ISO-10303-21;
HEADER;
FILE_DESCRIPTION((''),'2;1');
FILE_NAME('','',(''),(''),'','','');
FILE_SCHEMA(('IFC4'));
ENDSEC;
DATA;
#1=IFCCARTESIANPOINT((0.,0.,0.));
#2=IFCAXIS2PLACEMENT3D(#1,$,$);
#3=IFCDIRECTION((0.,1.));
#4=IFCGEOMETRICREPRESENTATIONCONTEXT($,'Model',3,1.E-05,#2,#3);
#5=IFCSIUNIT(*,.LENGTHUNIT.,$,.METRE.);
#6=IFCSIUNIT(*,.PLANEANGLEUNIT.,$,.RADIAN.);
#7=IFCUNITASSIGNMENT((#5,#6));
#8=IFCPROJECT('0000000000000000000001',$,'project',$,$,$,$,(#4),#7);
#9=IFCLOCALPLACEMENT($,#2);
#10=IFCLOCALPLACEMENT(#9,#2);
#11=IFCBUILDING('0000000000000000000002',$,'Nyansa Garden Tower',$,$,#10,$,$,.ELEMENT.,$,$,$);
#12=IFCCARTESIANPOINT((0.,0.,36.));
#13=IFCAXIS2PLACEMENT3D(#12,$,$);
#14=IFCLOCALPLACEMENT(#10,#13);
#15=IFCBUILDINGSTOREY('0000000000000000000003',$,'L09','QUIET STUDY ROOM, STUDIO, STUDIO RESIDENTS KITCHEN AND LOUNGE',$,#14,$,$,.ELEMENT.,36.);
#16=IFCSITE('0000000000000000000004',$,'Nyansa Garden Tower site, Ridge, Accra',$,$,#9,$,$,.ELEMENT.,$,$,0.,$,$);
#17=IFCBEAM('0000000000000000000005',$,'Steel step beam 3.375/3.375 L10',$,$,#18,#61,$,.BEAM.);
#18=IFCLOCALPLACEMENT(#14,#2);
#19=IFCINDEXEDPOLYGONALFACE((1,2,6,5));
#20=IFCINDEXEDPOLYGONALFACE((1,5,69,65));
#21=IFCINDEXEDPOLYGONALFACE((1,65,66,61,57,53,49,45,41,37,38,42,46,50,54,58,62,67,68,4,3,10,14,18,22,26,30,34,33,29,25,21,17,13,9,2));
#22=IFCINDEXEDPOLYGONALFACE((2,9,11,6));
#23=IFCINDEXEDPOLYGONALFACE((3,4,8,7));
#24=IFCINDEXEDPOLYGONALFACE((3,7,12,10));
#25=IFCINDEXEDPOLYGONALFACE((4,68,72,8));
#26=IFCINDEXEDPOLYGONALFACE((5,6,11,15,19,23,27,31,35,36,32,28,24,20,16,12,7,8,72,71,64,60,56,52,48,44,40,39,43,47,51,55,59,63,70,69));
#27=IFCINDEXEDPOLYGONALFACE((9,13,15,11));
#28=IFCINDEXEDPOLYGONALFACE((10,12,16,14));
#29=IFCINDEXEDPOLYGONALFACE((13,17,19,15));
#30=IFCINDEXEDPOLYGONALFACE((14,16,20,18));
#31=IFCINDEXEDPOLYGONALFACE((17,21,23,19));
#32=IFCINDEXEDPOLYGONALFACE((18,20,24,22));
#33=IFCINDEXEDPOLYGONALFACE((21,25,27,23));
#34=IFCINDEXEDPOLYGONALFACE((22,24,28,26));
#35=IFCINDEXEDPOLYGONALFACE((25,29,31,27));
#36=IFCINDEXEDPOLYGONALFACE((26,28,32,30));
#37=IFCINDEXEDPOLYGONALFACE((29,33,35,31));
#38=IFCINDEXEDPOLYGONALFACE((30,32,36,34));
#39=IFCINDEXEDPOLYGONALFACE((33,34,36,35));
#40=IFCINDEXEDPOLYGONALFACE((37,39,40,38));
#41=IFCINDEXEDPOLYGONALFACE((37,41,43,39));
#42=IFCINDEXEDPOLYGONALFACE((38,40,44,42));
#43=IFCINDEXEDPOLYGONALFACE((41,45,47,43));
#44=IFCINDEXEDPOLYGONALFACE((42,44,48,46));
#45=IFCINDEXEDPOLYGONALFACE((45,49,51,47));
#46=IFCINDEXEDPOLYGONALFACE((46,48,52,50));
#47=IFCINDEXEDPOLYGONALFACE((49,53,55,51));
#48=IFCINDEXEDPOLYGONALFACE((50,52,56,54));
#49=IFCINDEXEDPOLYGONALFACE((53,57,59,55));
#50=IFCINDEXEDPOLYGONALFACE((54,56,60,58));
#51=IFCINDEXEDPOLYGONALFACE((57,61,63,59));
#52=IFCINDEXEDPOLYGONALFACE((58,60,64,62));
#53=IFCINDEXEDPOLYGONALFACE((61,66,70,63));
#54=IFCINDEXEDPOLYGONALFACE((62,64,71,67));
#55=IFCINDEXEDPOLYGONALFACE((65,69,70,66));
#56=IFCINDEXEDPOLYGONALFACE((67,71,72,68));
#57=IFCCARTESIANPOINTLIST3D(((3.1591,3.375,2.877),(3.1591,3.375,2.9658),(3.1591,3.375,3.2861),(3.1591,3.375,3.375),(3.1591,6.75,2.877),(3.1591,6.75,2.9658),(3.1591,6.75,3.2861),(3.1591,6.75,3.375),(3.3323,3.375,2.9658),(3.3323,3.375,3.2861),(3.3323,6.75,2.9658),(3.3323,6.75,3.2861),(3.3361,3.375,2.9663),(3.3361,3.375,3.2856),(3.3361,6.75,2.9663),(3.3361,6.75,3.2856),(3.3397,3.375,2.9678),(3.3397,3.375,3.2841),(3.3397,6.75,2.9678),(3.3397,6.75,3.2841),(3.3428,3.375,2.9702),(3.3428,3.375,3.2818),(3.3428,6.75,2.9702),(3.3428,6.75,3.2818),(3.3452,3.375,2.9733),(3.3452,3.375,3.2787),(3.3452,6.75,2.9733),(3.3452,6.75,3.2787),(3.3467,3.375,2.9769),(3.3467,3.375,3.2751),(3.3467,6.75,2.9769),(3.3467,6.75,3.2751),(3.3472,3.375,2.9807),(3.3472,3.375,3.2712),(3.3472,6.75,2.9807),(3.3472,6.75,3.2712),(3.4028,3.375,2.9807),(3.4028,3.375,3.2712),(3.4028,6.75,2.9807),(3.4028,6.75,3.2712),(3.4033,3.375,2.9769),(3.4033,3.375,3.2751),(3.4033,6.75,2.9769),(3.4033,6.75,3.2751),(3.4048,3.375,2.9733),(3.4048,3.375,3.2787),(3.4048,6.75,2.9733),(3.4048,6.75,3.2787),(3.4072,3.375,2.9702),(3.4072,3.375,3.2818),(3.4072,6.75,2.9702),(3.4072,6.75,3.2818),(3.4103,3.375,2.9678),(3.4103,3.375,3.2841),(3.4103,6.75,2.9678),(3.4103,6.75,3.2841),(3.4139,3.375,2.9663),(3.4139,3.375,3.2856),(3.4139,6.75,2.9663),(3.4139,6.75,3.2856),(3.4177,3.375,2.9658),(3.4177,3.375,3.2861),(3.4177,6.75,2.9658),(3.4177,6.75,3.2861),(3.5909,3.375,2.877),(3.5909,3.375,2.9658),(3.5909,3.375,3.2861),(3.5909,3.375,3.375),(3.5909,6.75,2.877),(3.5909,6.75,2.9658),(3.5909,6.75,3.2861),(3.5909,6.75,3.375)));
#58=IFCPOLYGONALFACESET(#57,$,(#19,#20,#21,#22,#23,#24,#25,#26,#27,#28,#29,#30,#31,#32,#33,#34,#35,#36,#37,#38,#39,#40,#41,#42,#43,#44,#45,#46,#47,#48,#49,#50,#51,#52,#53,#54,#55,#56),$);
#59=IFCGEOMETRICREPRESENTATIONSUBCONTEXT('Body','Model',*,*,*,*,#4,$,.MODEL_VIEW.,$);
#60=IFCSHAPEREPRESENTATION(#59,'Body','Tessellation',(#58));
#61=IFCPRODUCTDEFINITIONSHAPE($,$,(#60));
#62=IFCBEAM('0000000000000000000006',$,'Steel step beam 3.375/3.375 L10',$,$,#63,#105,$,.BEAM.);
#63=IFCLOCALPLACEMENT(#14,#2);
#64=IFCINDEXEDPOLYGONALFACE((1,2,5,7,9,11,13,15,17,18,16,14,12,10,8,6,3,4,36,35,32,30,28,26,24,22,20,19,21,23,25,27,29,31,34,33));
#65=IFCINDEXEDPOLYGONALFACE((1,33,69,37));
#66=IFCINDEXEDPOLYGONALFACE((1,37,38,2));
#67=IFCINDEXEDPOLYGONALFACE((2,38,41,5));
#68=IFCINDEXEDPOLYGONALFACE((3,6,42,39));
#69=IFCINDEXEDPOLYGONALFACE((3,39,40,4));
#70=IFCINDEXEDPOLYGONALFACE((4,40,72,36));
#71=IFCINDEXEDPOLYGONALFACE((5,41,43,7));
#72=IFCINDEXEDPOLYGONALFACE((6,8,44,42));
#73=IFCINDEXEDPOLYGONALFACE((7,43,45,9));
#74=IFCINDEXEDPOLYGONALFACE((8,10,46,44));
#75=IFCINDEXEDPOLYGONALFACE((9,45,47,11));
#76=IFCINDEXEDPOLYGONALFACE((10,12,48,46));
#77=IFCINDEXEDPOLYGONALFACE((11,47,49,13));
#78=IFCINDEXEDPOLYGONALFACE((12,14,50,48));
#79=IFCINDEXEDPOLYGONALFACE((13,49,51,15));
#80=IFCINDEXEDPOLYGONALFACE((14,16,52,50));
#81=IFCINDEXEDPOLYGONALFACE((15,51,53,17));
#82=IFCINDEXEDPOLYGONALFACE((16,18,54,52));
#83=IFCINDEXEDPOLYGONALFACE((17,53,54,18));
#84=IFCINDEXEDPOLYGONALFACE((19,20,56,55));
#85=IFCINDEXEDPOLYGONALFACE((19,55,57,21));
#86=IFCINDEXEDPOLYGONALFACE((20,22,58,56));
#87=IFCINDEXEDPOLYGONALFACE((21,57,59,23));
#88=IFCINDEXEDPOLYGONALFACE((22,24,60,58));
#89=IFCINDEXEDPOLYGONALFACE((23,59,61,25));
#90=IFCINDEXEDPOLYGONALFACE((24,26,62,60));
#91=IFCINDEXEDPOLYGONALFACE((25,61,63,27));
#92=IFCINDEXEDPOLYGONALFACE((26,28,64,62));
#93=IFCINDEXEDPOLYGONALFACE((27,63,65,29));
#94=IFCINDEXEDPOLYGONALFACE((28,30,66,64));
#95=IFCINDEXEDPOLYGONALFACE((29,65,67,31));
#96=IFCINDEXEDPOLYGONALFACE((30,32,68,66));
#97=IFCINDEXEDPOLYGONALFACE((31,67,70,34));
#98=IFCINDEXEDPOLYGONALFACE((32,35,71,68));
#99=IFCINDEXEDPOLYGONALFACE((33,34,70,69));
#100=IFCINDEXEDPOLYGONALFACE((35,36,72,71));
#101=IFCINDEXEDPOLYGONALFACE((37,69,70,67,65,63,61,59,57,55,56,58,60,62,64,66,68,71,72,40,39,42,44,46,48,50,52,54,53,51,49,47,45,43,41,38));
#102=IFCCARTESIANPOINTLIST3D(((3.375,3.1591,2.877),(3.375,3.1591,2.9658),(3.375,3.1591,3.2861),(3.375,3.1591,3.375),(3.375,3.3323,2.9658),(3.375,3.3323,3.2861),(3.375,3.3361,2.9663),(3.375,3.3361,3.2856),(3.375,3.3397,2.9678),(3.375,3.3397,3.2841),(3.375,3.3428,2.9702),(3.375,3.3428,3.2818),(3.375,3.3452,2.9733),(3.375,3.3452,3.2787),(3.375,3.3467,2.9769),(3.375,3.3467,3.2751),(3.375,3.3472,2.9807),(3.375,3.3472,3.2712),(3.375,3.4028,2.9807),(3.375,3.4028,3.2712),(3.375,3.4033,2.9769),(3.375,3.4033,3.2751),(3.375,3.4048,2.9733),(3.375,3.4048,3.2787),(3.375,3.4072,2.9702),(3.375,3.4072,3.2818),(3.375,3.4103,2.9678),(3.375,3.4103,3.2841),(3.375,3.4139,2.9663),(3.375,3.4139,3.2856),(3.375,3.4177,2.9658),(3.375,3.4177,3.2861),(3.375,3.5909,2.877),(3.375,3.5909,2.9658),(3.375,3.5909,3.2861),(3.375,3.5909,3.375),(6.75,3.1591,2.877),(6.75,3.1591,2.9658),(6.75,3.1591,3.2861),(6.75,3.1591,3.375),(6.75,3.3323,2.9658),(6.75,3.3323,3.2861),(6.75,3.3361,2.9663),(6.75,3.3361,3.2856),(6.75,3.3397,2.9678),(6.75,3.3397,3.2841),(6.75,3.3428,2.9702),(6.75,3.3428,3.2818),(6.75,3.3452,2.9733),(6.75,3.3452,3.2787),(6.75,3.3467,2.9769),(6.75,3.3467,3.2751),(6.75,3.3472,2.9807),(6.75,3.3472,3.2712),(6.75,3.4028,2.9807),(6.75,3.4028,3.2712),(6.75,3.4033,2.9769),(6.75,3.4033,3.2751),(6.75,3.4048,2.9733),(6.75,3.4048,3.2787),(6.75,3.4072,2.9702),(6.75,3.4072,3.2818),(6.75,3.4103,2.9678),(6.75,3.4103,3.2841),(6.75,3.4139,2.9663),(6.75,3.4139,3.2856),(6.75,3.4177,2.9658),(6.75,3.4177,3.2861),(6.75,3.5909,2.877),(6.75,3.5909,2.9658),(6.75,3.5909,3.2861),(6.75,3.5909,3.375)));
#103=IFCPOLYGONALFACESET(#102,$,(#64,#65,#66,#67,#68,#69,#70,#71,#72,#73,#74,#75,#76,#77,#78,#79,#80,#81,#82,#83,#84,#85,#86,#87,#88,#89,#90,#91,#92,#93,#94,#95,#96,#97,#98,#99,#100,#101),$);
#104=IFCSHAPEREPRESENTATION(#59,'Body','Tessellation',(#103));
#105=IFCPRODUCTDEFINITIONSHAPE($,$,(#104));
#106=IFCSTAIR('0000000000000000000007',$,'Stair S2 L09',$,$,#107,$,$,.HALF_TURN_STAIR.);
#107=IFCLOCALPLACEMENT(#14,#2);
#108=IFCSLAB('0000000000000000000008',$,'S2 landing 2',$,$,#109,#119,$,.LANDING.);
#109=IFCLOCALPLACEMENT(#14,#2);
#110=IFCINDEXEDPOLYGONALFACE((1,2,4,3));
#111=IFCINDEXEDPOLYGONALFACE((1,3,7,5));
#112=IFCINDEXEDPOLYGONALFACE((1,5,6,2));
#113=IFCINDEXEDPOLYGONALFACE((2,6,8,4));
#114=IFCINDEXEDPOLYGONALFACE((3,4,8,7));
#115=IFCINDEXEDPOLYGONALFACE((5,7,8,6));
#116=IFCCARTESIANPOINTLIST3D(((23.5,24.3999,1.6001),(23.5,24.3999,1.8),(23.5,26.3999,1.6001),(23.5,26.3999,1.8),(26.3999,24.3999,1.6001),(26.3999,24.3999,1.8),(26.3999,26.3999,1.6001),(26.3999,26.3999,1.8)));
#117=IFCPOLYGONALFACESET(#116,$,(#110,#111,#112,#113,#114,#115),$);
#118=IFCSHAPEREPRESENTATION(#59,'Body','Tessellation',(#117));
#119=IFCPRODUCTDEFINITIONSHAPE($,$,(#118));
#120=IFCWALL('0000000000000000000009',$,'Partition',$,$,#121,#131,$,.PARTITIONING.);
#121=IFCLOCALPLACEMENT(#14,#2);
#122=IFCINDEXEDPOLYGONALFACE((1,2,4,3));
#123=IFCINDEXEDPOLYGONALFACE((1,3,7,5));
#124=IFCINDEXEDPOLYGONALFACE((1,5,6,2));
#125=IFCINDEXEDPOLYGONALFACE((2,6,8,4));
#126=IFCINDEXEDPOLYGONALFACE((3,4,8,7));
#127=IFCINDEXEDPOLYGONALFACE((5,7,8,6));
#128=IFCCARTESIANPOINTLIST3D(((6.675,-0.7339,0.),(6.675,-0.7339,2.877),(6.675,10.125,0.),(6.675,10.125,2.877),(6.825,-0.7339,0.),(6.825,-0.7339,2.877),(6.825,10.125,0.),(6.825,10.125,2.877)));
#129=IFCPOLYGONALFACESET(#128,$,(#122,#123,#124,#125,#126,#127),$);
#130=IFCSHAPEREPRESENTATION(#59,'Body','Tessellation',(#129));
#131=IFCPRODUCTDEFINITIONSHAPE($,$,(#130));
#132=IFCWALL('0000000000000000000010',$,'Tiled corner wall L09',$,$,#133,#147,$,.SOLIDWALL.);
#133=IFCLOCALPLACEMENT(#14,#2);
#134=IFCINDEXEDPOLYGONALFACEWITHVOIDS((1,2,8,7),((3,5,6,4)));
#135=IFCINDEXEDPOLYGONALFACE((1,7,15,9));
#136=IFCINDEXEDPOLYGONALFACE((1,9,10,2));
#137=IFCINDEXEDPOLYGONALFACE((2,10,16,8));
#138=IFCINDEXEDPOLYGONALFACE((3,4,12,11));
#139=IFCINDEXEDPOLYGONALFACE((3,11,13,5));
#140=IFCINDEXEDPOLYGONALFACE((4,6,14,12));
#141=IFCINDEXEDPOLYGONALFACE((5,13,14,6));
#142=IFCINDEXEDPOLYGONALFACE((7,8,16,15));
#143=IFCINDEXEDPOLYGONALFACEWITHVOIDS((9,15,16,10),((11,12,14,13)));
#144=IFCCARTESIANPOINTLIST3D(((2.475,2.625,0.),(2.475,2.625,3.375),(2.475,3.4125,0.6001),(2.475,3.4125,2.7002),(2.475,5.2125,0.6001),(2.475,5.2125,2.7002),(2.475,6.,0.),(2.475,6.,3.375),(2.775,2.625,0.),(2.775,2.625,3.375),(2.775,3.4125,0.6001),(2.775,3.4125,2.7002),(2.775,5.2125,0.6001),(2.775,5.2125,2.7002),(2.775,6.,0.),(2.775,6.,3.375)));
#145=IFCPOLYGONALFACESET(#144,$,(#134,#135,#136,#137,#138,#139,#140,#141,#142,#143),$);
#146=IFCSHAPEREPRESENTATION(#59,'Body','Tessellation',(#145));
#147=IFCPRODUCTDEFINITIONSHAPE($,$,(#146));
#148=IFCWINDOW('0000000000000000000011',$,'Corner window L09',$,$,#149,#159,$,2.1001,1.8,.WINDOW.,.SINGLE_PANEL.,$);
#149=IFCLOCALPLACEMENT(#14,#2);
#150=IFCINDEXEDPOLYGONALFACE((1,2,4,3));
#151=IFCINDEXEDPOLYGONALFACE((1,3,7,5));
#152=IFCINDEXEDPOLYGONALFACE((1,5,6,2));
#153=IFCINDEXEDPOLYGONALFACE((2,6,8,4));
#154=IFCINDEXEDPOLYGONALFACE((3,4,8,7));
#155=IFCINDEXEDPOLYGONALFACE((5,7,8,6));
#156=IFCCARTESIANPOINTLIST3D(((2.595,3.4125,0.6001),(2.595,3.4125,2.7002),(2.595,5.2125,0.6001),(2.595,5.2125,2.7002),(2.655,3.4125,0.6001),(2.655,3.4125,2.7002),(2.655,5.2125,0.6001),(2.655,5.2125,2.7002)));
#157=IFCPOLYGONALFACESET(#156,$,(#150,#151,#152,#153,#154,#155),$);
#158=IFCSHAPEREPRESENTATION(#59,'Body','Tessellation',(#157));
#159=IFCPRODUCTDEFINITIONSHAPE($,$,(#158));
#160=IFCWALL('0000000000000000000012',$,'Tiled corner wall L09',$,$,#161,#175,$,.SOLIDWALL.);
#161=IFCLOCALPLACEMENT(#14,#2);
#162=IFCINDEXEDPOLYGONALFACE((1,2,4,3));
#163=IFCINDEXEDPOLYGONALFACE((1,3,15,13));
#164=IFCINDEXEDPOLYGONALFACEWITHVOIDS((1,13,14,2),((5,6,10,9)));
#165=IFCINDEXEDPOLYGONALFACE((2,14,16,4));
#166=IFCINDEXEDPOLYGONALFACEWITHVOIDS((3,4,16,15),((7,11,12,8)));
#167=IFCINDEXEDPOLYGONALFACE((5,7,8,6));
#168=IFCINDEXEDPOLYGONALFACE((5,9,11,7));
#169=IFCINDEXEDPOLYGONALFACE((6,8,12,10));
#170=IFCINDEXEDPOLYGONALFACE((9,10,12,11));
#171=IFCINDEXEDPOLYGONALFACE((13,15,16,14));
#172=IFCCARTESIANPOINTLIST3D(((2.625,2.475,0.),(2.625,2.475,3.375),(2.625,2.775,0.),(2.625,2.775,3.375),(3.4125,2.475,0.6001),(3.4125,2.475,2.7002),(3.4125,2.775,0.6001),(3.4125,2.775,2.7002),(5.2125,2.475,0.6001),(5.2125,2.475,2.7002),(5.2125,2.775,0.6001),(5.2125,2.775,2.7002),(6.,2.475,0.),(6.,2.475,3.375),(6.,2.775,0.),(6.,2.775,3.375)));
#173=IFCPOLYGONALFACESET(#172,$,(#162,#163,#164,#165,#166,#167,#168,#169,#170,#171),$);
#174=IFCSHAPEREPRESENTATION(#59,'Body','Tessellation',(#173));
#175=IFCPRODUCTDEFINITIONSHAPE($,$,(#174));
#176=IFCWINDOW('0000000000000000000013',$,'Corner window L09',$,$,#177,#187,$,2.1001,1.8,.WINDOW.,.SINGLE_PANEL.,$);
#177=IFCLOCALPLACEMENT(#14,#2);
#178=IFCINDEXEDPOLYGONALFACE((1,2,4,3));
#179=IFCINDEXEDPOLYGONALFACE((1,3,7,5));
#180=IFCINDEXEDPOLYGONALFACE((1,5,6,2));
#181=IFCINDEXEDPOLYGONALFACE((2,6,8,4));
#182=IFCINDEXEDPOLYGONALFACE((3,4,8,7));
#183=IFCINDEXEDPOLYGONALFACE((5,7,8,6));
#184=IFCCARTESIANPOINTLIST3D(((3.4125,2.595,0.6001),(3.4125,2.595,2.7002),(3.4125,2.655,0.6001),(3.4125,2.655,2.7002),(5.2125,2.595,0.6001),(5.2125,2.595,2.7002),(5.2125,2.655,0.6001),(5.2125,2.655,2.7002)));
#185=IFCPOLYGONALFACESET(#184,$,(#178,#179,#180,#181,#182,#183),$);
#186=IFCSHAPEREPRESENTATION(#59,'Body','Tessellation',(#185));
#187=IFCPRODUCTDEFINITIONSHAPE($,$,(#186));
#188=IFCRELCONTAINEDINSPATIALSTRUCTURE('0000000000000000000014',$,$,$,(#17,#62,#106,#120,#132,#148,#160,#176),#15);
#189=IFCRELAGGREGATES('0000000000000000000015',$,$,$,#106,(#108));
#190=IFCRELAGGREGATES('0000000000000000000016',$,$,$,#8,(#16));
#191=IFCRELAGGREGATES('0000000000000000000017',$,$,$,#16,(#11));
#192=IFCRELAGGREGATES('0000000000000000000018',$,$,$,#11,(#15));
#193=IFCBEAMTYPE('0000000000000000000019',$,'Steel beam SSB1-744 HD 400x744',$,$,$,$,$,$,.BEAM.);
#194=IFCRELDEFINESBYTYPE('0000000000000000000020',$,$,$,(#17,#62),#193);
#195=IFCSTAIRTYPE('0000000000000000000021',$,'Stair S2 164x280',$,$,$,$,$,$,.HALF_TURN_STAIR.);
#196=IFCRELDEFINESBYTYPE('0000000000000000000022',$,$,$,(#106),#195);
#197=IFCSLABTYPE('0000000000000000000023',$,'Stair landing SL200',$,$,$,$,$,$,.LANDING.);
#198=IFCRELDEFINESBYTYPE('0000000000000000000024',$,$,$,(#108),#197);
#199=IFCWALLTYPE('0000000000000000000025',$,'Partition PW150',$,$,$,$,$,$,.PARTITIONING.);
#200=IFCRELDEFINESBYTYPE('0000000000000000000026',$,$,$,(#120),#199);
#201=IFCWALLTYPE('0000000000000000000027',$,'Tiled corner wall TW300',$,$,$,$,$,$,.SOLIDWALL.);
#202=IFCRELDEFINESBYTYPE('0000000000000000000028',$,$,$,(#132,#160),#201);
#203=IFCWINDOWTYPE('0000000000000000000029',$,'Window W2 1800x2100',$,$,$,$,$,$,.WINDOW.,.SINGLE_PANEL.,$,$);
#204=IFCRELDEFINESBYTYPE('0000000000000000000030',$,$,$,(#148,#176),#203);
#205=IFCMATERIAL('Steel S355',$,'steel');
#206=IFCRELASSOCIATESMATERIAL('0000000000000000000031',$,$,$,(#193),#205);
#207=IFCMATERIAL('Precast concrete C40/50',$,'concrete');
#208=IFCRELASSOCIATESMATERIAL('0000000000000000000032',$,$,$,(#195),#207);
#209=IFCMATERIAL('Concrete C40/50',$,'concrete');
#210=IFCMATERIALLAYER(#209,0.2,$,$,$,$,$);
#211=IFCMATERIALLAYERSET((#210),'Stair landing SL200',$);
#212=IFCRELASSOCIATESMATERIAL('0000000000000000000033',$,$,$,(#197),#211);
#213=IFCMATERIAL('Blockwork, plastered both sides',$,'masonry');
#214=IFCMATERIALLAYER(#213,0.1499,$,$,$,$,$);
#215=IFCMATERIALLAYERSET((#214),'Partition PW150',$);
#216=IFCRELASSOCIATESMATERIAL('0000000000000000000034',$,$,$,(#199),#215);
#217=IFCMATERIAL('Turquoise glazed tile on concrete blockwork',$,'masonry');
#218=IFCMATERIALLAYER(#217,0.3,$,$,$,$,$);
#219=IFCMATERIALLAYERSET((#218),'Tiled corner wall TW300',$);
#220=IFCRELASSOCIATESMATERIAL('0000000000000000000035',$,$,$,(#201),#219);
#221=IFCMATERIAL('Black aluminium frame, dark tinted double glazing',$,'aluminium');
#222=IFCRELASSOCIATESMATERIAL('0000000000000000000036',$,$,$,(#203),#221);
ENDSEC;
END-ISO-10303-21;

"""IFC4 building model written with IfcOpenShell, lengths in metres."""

from ifc_helpers import new_model, si_unit, direction, frame, frame_2d, origin, origin_2d, place, context, subcontext, project, spatial, polyline, rectangle, i_section, outline, extrude, material, layer, layer_set, material_profile, profile_set, type_object, element, fill, aggregate, save


model = new_model("IFC4")

# Units and contexts
model_context = context("Model", 3, precision=1e-05, world=origin(), true_north=direction((0.0, 1.0)))
body_context = subcontext(model_context, "Body", "Model", "MODEL_VIEW")
ifc_project = project(units=[si_unit("LENGTHUNIT", "METRE"), si_unit("PLANEANGLEUNIT", "RADIAN")], contexts=[model_context])

# Site, building, storey
site_placement = place(None, origin())
site = spatial("IfcSite", under=ifc_project, at=site_placement, Name="Nyansa Garden Tower site, Ridge, Accra", CompositionType="ELEMENT", RefElevation=0.0)
building_placement = place(site_placement, origin())
building = spatial("IfcBuilding", under=site, at=building_placement, Name="Nyansa Garden Tower", CompositionType="ELEMENT")
storey_placement = place(building_placement, frame((0.0, 0.0, 36.0)))
storey = spatial("IfcBuildingStorey", under=building, at=storey_placement, Name="L09", Description="QUIET STUDY ROOM, STUDIO, STUDIO RESIDENTS KITCHEN AND LOUNGE", CompositionType="ELEMENT", Elevation=36.0)

# Beams
ifc_material_1 = material(Name="Steel S355", Category="steel")
ifc_material_profile_1 = material_profile(ifc_material_1, i_section(OverallWidth=0.4319, OverallDepth=0.498, WebThickness=0.0557, FlangeThickness=0.0889, FilletRadius=0.0149, at=origin_2d()), Name="HD 400x744")
ifc_profile_set_1 = profile_set([ifc_material_profile_1], Name="Steel S355")
beam_type_1 = type_object("IfcBeamType", Name="Steel beam SSB1-744 HD 400x744", PredefinedType="BEAM", material=ifc_profile_set_1)
for number, where, z_axis, x_axis, name in (
    (1, (3.375, 3.375, 3.126), (0.0, 1.0, 0.0), (-1.0, 0.0, 0.0), "Steel step beam 3.375/3.375 L10"),
    (2, (3.375, 3.375, 3.126), (1.0, 0.0, 0.0), (0.0, 1.0, 0.0), "Steel step beam 3.375/3.375 L10"),
):
    element("IfcBeam", number, at=place(storey_placement, frame(where, z_axis=z_axis, x_axis=x_axis)), inside=storey, type_object=beam_type_1, Name=name, PredefinedType="BEAM", context=body_context, shape_type="SweptSolid", body=[
        extrude(i_section(OverallWidth=0.4319, OverallDepth=0.498, WebThickness=0.0557, FlangeThickness=0.0889, FilletRadius=0.0149, at=origin_2d()), origin(), (0.0, 0.0, 1.0), 3.375),
    ])

# Stair, slab
ifc_material_2 = material(Name="Precast concrete C40/50", Category="concrete")
stair_type = type_object("IfcStairType", Name="Stair S2 164x280", PredefinedType="HALF_TURN_STAIR", material=ifc_material_2)
stair_placement = place(storey_placement, origin())
stair = element("IfcStair", 3, at=stair_placement, inside=storey, type_object=stair_type, Name="Stair S2 L09", PredefinedType="HALF_TURN_STAIR")
ifc_material_3 = material(Name="Concrete C40/50", Category="concrete")
ifc_layer_1 = layer(ifc_material_3, 0.2)
ifc_layer_set_1 = layer_set([ifc_layer_1], Name="Stair landing SL200")
slab_type = type_object("IfcSlabType", Name="Stair landing SL200", PredefinedType="LANDING", material=ifc_layer_set_1)
slab_placement = place(storey_placement, frame((0.0, 0.0, 1.6001)))
slab = element("IfcSlab", 4, at=slab_placement, type_object=slab_type, Name="S2 landing 2", PredefinedType="LANDING", context=body_context, shape_type="SweptSolid", body=[
    extrude(outline(polyline([(23.5, 24.3999), (26.3999, 24.3999), (26.3999, 26.3999), (23.5, 26.3999), (23.5, 24.3999)])), origin(), (0.0, 0.0, 1.0), 0.2),
])
aggregate(stair, [slab])

# Wall
ifc_material_4 = material(Name="Blockwork, plastered both sides", Category="masonry")
ifc_layer_2 = layer(ifc_material_4, 0.1499)
ifc_layer_set_2 = layer_set([ifc_layer_2], Name="Partition PW150")
wall_type_1 = type_object("IfcWallType", Name="Partition PW150", PredefinedType="PARTITIONING", material=ifc_layer_set_2)
wall_1_placement = place(storey_placement, frame((6.75, -0.7339, 0.0), z_axis=(0.0, 0.0, 1.0), x_axis=(0.0, 1.0, 0.0)))
element("IfcWall", 5, at=wall_1_placement, inside=storey, type_object=wall_type_1, Name="Partition", PredefinedType="PARTITIONING", context=body_context, shape_type="SweptSolid", body=[
    extrude(rectangle(XDim=10.8589, YDim=0.1499, at=frame_2d((5.4294, 0.0))), origin(), (0.0, 0.0, 1.0), 2.877),
])

# Walls, openings, windows
ifc_material_5 = material(Name="Turquoise glazed tile on concrete blockwork", Category="masonry")
ifc_layer_3 = layer(ifc_material_5, 0.3)
ifc_layer_set_3 = layer_set([ifc_layer_3], Name="Tiled corner wall TW300")
wall_type_2 = type_object("IfcWallType", Name="Tiled corner wall TW300", PredefinedType="SOLIDWALL", material=ifc_layer_set_3)
wall_2_placement = place(storey_placement, frame((2.625, 6.0, 0.0), z_axis=(0.0, 0.0, 1.0), x_axis=(0.0, -1.0, 0.0)))
wall_2 = element("IfcWall", 6, at=wall_2_placement, inside=storey, type_object=wall_type_2, Name="Tiled corner wall L09", PredefinedType="SOLIDWALL", context=body_context, shape_type="SweptSolid", body=[
    extrude(rectangle(XDim=3.375, YDim=0.3, at=frame_2d((1.6875, 0.0))), origin(), (0.0, 0.0, 1.0), 3.375),
])
opening_1_placement = place(wall_2_placement, frame((0.7876, 0.0, 0.6001)))
opening_1 = element("IfcOpeningElement", 7, at=opening_1_placement, cuts=wall_2, PredefinedType="OPENING", context=body_context, shape_type="SweptSolid", body=[
    extrude(rectangle(XDim=1.8, YDim=2.1001, at=frame_2d((0.8999, 1.05))), frame((0.0, 0.1599, 0.0), z_axis=(0.0, -1.0, 0.0), x_axis=(1.0, 0.0, 0.0)), (0.0, 0.0, 1.0), 0.3201),
])
ifc_material_6 = material(Name="Black aluminium frame, dark tinted double glazing", Category="aluminium")
window_type_1 = type_object("IfcWindowType", Name="Window W2 1800x2100", PartitioningType="SINGLE_PANEL", PredefinedType="WINDOW", material=ifc_material_6)
window_1_placement = place(opening_1_placement, origin())
window_1 = element("IfcWindow", 8, at=window_1_placement, inside=storey, type_object=window_type_1, Name="Corner window L09", OverallHeight=2.1001, OverallWidth=1.8, PartitioningType="SINGLE_PANEL", PredefinedType="WINDOW", context=body_context, shape_type="SweptSolid", body=[
    extrude(rectangle(XDim=1.8, YDim=2.1001, at=frame_2d((0.8999, 1.05))), frame((0.0, 0.03, 0.0), z_axis=(0.0, -1.0, 0.0), x_axis=(1.0, 0.0, 0.0)), (0.0, 0.0, 1.0), 0.0601),
])
fill(opening_1, window_1)
wall_3_placement = place(storey_placement, frame((2.625, 2.625, 0.0), z_axis=(0.0, 0.0, 1.0), x_axis=(1.0, 0.0, 0.0)))
wall_3 = element("IfcWall", 9, at=wall_3_placement, inside=storey, type_object=wall_type_2, Name="Tiled corner wall L09", PredefinedType="SOLIDWALL", context=body_context, shape_type="SweptSolid", body=[
    extrude(rectangle(XDim=3.375, YDim=0.3, at=frame_2d((1.6875, 0.0))), origin(), (0.0, 0.0, 1.0), 3.375),
])
opening_2_placement = place(wall_3_placement, frame((0.7876, 0.0, 0.6001)))
opening_2 = element("IfcOpeningElement", 10, at=opening_2_placement, cuts=wall_3, PredefinedType="OPENING", context=body_context, shape_type="SweptSolid", body=[
    extrude(rectangle(XDim=1.8, YDim=2.1001, at=frame_2d((0.8999, 1.05))), frame((0.0, 0.1599, 0.0), z_axis=(0.0, -1.0, 0.0), x_axis=(1.0, 0.0, 0.0)), (0.0, 0.0, 1.0), 0.3201),
])
window_2_placement = place(opening_2_placement, origin())
window_2 = element("IfcWindow", 11, at=window_2_placement, inside=storey, type_object=window_type_1, Name="Corner window L09", OverallHeight=2.1001, OverallWidth=1.8, PartitioningType="SINGLE_PANEL", PredefinedType="WINDOW", context=body_context, shape_type="SweptSolid", body=[
    extrude(rectangle(XDim=1.8, YDim=2.1001, at=frame_2d((0.8999, 1.05))), frame((0.0, 0.03, 0.0), z_axis=(0.0, -1.0, 0.0), x_axis=(1.0, 0.0, 0.0)), (0.0, 0.0, 1.0), 0.0601),
])
fill(opening_2, window_2)

save(model, "model.ifc")
